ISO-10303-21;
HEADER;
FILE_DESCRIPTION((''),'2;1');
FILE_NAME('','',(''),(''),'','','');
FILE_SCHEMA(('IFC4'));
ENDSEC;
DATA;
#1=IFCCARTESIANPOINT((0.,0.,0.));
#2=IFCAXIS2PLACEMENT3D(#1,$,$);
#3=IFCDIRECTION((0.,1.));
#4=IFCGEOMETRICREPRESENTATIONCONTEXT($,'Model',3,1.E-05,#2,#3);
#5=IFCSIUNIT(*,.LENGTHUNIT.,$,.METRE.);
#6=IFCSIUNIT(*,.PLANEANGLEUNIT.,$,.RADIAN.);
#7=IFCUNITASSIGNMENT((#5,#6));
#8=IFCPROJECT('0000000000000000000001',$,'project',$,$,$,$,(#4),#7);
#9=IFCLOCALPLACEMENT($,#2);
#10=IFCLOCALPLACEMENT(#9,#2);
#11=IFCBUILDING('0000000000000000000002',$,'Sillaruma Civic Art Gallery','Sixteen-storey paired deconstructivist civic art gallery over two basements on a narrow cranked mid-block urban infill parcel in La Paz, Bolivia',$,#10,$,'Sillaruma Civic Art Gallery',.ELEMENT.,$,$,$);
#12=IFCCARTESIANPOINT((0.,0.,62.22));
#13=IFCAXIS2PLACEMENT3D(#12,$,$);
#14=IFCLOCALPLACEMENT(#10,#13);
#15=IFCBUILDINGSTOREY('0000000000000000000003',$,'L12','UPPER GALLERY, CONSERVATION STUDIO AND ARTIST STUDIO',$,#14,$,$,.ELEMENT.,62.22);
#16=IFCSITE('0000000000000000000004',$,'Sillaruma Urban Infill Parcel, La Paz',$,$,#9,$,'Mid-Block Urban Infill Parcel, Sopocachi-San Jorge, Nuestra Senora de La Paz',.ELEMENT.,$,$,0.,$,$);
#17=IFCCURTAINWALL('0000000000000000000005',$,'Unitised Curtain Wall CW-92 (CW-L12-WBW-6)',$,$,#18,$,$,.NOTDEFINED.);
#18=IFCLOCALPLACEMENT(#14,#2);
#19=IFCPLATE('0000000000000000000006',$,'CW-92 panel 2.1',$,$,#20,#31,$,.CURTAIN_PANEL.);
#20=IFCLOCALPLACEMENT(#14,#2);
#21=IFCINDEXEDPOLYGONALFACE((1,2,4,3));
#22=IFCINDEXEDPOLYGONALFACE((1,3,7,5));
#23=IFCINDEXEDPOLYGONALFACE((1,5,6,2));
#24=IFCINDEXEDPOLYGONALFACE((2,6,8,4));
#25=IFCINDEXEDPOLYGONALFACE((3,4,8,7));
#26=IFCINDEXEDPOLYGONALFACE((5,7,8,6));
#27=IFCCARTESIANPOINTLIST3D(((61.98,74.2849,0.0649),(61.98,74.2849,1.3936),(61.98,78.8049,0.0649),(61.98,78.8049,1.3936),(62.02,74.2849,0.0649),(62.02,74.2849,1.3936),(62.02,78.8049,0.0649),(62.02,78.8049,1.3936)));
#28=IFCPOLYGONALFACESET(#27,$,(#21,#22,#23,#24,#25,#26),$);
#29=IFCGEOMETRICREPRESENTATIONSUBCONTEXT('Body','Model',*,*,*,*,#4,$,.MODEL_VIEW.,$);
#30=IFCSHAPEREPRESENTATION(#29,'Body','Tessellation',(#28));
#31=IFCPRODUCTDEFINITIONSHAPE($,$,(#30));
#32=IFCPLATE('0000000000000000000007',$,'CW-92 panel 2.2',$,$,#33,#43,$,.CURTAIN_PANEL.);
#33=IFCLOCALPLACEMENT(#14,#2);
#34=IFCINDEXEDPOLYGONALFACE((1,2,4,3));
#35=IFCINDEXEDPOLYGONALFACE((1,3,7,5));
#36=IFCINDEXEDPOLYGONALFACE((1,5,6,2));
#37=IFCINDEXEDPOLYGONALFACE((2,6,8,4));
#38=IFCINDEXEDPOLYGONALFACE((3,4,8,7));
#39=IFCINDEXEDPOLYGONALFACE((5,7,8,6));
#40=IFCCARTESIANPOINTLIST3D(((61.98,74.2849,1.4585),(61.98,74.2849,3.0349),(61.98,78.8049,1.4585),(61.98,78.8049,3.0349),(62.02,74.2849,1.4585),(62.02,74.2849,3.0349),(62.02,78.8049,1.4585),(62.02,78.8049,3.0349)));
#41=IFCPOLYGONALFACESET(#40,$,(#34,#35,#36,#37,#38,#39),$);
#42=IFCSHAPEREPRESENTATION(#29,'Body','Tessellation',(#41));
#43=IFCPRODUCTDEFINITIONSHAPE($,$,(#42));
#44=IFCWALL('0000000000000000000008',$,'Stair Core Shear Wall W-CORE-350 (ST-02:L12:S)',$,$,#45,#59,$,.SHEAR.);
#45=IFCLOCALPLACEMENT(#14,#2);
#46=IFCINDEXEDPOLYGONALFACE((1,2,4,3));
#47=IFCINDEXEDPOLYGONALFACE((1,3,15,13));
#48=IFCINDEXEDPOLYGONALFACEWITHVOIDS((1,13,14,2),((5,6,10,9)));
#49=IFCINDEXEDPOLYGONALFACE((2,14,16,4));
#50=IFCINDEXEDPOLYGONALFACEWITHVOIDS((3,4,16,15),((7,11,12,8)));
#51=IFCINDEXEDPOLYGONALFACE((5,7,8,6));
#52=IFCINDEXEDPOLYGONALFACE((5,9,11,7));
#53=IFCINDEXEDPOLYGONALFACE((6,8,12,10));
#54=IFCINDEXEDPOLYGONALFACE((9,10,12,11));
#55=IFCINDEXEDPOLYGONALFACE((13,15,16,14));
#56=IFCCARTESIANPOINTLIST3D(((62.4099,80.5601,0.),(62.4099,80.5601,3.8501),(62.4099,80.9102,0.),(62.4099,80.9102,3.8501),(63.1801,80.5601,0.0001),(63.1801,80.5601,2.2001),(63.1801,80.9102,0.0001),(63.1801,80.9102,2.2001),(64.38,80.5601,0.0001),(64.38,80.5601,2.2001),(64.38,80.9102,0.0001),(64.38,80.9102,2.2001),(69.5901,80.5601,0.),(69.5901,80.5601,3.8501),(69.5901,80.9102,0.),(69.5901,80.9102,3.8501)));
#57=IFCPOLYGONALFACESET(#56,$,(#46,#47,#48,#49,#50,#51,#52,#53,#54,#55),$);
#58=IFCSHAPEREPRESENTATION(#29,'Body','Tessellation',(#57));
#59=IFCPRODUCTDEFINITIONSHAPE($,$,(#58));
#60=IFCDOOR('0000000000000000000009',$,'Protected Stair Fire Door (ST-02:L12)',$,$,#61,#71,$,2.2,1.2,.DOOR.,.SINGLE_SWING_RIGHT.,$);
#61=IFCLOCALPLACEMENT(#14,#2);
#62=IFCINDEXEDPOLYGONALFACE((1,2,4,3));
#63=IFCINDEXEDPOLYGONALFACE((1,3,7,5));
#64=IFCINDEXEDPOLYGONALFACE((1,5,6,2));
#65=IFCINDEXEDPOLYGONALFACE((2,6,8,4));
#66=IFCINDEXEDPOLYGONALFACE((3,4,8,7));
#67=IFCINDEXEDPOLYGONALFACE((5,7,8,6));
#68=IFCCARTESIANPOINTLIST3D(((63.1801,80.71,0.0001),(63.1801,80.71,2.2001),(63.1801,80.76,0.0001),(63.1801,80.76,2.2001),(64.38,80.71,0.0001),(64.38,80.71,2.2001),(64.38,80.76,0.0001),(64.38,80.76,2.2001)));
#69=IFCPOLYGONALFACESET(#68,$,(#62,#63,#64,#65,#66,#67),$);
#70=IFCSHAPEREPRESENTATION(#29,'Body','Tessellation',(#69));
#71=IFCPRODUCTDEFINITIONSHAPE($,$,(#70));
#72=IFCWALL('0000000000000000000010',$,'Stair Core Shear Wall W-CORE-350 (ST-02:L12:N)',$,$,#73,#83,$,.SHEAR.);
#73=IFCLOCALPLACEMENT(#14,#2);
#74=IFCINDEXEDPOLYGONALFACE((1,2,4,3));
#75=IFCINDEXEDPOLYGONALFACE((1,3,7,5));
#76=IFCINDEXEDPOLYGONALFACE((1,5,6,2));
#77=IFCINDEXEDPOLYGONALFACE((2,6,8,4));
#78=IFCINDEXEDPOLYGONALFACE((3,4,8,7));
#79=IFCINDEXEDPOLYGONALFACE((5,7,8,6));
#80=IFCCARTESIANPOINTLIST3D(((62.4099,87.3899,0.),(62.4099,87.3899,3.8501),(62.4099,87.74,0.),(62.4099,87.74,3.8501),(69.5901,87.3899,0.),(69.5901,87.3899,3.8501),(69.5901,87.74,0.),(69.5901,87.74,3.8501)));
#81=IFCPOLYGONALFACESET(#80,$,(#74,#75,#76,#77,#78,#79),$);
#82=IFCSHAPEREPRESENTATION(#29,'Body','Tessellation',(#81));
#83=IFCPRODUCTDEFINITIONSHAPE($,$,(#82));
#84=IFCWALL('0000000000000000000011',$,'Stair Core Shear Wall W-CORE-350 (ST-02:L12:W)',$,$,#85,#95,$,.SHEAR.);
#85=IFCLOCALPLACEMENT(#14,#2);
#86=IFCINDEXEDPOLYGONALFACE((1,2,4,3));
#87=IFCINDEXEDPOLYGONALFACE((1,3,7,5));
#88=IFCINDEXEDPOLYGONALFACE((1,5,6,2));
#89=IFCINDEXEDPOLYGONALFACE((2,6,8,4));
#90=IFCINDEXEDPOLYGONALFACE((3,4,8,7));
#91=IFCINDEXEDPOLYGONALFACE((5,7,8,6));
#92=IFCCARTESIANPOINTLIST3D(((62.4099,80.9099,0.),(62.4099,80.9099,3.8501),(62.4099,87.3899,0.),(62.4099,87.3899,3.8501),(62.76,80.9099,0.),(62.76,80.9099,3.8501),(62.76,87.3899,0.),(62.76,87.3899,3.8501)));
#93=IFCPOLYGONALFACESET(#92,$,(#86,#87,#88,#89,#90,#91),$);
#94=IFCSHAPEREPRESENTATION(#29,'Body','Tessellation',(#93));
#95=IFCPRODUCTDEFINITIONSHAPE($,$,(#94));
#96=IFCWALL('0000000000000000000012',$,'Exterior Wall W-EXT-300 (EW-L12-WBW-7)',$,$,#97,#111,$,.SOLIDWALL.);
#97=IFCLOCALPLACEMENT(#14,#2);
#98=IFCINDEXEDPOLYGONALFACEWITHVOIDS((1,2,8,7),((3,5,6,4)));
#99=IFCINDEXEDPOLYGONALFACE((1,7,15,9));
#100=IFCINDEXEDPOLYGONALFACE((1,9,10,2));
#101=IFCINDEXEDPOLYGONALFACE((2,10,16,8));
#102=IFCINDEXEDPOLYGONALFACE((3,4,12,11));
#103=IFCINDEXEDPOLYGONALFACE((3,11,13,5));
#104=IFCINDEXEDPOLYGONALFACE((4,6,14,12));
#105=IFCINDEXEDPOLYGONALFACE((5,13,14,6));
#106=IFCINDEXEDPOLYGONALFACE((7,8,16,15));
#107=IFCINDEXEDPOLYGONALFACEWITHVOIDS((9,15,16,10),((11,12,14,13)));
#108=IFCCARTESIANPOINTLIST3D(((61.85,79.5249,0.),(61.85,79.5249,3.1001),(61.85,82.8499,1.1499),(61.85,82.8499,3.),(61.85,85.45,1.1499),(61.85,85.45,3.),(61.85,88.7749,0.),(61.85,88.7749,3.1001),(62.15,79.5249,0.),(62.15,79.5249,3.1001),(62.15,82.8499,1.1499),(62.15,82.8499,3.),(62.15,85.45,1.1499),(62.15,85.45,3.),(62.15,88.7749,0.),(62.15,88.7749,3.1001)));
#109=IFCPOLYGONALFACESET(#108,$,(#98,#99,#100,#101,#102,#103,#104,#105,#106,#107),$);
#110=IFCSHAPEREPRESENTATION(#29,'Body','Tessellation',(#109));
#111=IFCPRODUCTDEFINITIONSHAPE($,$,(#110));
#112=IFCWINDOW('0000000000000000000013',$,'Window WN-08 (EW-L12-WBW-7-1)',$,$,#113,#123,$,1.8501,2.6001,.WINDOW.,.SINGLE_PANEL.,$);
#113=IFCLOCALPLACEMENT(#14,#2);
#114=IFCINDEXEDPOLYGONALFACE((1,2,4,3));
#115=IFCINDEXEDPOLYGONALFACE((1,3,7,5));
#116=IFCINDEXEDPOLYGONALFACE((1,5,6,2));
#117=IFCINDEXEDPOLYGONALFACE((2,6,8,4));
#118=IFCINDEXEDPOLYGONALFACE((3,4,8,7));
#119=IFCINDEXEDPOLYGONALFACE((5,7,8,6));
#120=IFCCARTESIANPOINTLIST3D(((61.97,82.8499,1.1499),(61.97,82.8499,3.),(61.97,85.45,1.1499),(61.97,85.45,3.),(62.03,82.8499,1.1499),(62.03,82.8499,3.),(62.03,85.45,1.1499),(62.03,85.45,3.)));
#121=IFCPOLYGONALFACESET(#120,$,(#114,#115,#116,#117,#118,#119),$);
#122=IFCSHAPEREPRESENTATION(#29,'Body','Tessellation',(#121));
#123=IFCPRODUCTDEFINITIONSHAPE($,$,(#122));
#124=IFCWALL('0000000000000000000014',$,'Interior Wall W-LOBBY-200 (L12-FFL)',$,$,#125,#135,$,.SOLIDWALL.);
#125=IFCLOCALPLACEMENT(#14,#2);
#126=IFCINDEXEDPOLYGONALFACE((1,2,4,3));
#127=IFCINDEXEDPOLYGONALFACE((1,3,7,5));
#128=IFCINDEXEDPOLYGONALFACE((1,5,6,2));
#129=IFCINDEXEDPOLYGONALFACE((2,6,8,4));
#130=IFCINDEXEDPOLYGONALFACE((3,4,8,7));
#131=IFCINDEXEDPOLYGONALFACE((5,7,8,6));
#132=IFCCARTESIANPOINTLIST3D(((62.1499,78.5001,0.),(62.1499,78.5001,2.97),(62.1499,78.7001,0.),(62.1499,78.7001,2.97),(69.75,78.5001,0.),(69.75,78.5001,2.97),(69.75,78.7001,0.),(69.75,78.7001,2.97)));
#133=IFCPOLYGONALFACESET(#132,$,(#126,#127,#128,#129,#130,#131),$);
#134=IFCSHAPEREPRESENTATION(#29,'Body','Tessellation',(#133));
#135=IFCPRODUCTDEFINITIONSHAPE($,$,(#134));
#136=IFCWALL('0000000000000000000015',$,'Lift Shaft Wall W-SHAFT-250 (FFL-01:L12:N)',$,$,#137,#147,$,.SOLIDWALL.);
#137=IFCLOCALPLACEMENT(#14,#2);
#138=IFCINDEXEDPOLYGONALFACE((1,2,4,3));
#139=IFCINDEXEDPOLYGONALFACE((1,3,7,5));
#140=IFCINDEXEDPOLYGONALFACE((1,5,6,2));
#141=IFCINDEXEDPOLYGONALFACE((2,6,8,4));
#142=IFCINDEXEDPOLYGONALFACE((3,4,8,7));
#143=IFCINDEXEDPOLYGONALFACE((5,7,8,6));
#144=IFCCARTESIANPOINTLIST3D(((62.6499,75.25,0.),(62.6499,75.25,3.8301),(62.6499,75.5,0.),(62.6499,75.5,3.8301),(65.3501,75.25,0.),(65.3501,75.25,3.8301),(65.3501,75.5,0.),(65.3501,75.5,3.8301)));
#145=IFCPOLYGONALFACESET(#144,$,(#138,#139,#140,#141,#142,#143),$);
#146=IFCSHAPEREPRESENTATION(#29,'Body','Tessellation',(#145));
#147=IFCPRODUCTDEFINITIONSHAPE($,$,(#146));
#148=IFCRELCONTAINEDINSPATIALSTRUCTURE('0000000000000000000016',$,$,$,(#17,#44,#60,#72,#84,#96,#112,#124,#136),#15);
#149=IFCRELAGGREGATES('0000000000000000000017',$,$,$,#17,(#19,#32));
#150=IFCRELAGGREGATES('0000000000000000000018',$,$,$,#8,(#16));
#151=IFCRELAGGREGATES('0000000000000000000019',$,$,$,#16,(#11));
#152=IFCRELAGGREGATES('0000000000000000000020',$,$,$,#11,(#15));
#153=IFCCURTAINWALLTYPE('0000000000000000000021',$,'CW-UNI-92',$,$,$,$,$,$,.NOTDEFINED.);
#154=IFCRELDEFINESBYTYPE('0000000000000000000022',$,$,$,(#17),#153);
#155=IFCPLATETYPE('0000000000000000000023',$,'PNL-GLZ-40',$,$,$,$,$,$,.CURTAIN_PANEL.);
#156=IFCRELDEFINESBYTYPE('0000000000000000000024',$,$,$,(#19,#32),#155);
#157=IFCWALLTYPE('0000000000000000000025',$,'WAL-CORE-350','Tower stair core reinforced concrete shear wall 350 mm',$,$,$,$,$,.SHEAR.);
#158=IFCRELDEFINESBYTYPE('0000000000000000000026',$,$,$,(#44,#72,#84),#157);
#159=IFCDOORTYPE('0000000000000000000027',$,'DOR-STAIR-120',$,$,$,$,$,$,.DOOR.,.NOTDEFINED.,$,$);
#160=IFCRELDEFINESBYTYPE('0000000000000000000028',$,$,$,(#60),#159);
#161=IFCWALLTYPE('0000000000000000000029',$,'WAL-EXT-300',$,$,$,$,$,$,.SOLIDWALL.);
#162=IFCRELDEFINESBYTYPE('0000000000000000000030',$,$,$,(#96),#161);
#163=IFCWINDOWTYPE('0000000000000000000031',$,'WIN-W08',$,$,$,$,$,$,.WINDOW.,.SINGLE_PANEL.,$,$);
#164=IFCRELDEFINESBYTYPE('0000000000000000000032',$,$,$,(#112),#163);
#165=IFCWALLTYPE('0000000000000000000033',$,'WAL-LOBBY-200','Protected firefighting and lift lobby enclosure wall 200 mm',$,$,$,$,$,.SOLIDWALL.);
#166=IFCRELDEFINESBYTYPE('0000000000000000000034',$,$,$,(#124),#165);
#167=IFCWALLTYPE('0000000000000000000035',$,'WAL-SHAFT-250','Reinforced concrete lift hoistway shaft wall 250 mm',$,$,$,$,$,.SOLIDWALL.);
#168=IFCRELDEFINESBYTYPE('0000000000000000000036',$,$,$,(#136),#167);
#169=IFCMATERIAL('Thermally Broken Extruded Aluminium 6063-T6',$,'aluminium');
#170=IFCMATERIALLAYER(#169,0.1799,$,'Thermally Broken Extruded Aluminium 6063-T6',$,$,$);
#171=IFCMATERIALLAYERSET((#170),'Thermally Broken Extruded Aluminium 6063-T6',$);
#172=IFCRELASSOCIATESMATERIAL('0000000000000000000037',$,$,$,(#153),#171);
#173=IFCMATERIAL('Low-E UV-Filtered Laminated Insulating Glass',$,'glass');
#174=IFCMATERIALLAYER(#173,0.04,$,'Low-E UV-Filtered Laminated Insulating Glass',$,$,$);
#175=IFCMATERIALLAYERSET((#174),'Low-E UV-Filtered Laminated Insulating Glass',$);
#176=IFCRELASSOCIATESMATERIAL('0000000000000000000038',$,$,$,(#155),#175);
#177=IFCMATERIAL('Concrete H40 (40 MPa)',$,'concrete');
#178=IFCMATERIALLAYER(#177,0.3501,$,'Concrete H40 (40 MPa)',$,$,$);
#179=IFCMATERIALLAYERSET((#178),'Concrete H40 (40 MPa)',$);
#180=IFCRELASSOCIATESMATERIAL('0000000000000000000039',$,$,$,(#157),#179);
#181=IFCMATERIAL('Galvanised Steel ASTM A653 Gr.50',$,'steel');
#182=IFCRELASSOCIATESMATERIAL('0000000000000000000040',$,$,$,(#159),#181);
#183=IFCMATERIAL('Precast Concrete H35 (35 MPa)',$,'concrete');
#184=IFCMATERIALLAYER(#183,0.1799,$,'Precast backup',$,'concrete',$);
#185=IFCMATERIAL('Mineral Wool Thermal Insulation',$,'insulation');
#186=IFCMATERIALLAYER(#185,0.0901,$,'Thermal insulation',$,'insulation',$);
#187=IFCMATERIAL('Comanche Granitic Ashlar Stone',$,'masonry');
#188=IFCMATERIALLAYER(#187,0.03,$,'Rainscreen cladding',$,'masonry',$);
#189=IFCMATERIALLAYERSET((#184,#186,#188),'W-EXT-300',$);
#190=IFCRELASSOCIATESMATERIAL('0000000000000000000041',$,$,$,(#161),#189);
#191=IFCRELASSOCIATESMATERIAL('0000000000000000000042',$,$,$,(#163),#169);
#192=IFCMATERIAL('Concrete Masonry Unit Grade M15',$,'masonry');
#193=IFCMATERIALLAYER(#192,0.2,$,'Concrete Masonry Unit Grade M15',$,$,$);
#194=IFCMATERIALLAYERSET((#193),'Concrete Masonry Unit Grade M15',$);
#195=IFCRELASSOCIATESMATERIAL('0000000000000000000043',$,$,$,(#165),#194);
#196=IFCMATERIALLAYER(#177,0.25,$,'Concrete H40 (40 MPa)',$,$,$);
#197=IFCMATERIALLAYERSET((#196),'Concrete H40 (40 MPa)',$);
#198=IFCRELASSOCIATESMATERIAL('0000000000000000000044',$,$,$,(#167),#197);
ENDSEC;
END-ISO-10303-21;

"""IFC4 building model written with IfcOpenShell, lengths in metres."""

from ifc_helpers import new_model, si_unit, direction, frame, frame_2d, origin, origin_2d, place, context, subcontext, project, spatial, rectangle, extrude, material, layer, layer_set, type_object, element, fill, aggregate, save


model = new_model("IFC4")

# Units and contexts
model_context = context("Model", 3, precision=1e-05, world=origin(), true_north=direction((0.0, 1.0)))
body_context = subcontext(model_context, "Body", "Model", "MODEL_VIEW")
ifc_project = project(units=[si_unit("LENGTHUNIT", "METRE"), si_unit("PLANEANGLEUNIT", "RADIAN")], contexts=[model_context])

# Site, building, storey
site_placement = place(None, origin())
site = spatial("IfcSite", under=ifc_project, at=site_placement, Name="Sillaruma Urban Infill Parcel, La Paz", LongName="Mid-Block Urban Infill Parcel, Sopocachi-San Jorge, Nuestra Senora de La Paz", CompositionType="ELEMENT", RefElevation=0.0)
building_placement = place(site_placement, origin())
building = spatial("IfcBuilding", under=site, at=building_placement, Name="Sillaruma Civic Art Gallery", Description="Sixteen-storey paired deconstructivist civic art gallery over two basements on a narrow cranked mid-block urban infill parcel in La Paz, Bolivia", LongName="Sillaruma Civic Art Gallery", CompositionType="ELEMENT")
storey_placement = place(building_placement, frame((0.0, 0.0, 62.22)))
storey = spatial("IfcBuildingStorey", under=building, at=storey_placement, Name="L12", Description="UPPER GALLERY, CONSERVATION STUDIO AND ARTIST STUDIO", CompositionType="ELEMENT", Elevation=62.22)

# Shared definitions
ifc_material_1 = material(Name="Concrete H40 (40 MPa)", Category="concrete")

# Curtain wall, plates
ifc_material_2 = material(Name="Thermally Broken Extruded Aluminium 6063-T6", Category="aluminium")
ifc_layer_1 = layer(ifc_material_2, 0.1799, Name="Thermally Broken Extruded Aluminium 6063-T6")
ifc_layer_set_1 = layer_set([ifc_layer_1], Name="Thermally Broken Extruded Aluminium 6063-T6")
curtain_wall_type = type_object("IfcCurtainWallType", Name="CW-UNI-92", PredefinedType="NOTDEFINED", material=ifc_layer_set_1)
curtain_wall_placement = place(storey_placement, origin())
curtain_wall = element("IfcCurtainWall", 1, at=curtain_wall_placement, inside=storey, type_object=curtain_wall_type, Name="Unitised Curtain Wall CW-92 (CW-L12-WBW-6)", PredefinedType="NOTDEFINED")
ifc_material_3 = material(Name="Low-E UV-Filtered Laminated Insulating Glass", Category="glass")
ifc_layer_2 = layer(ifc_material_3, 0.04, Name="Low-E UV-Filtered Laminated Insulating Glass")
ifc_layer_set_2 = layer_set([ifc_layer_2], Name="Low-E UV-Filtered Laminated Insulating Glass")
plate_type = type_object("IfcPlateType", Name="PNL-GLZ-40", PredefinedType="CURTAIN_PANEL", material=ifc_layer_set_2)
plate_1_placement = place(storey_placement, frame((62.0, 76.5449, 0.0649), z_axis=(0.0, 0.0, 1.0), x_axis=(0.0, 1.0, 0.0)))
plate_1 = element("IfcPlate", 2, at=plate_1_placement, type_object=plate_type, Name="CW-92 panel 2.1", PredefinedType="CURTAIN_PANEL", context=body_context, shape_type="SweptSolid", body=[
    extrude(rectangle(XDim=4.52, YDim=0.04, at=origin_2d()), origin(), (0.0, 0.0, 1.0), 1.3286),
])
plate_2_placement = place(storey_placement, frame((62.0, 76.5449, 1.4585), z_axis=(0.0, 0.0, 1.0), x_axis=(0.0, 1.0, 0.0)))
plate_2 = element("IfcPlate", 3, at=plate_2_placement, type_object=plate_type, Name="CW-92 panel 2.2", PredefinedType="CURTAIN_PANEL", context=body_context, shape_type="SweptSolid", body=[
    extrude(rectangle(XDim=4.52, YDim=0.04, at=origin_2d()), origin(), (0.0, 0.0, 1.0), 1.5764),
])
aggregate(curtain_wall, [plate_1, plate_2])

# Wall, opening, door
ifc_layer_3 = layer(ifc_material_1, 0.3501, Name="Concrete H40 (40 MPa)")
ifc_layer_set_3 = layer_set([ifc_layer_3], Name="Concrete H40 (40 MPa)")
wall_type_1 = type_object("IfcWallType", Name="WAL-CORE-350", Description="Tower stair core reinforced concrete shear wall 350 mm", PredefinedType="SHEAR", material=ifc_layer_set_3)
wall_1_placement = place(storey_placement, frame((62.4099, 80.7351, 0.0), z_axis=(0.0, 0.0, 1.0), x_axis=(1.0, 0.0, 0.0)))
wall_1 = element("IfcWall", 4, at=wall_1_placement, inside=storey, type_object=wall_type_1, Name="Stair Core Shear Wall W-CORE-350 (ST-02:L12:S)", PredefinedType="SHEAR", context=body_context, shape_type="SweptSolid", body=[
    extrude(rectangle(XDim=7.1802, YDim=0.3501, at=frame_2d((3.5901, 0.0))), origin(), (0.0, 0.0, 1.0), 3.8501),
])
opening_1_placement = place(wall_1_placement, frame((0.77, 0.0, 0.0)))
opening_1 = element("IfcOpeningElement", 5, at=opening_1_placement, cuts=wall_1, PredefinedType="OPENING", context=body_context, shape_type="SweptSolid", body=[
    extrude(rectangle(XDim=1.2, YDim=2.2, at=frame_2d((0.6001, 1.1001))), frame((0.0, 0.1851, 0.0), z_axis=(0.0, -1.0, 0.0), x_axis=(1.0, 0.0, 0.0)), (0.0, 0.0, 1.0), 0.3701),
])
ifc_material_4 = material(Name="Galvanised Steel ASTM A653 Gr.50", Category="steel")
door_type = type_object("IfcDoorType", Name="DOR-STAIR-120", OperationType="NOTDEFINED", PredefinedType="DOOR", material=ifc_material_4)
door_placement = place(opening_1_placement, origin())
door = element("IfcDoor", 6, at=door_placement, inside=storey, type_object=door_type, Name="Protected Stair Fire Door (ST-02:L12)", OperationType="SINGLE_SWING_RIGHT", OverallHeight=2.2, OverallWidth=1.2, PredefinedType="DOOR", context=body_context, shape_type="SweptSolid", body=[
    extrude(rectangle(XDim=1.2, YDim=2.2, at=frame_2d((0.6001, 1.1001))), frame((0.0, 0.0249, 0.0), z_axis=(0.0, -1.0, 0.0), x_axis=(1.0, 0.0, 0.0)), (0.0, 0.0, 1.0), 0.05),
])
fill(opening_1, door)

# Walls
wall_2_placement = place(storey_placement, frame((62.4099, 87.5649, 0.0), z_axis=(0.0, 0.0, 1.0), x_axis=(1.0, 0.0, 0.0)))
element("IfcWall", 7, at=wall_2_placement, inside=storey, type_object=wall_type_1, Name="Stair Core Shear Wall W-CORE-350 (ST-02:L12:N)", PredefinedType="SHEAR", context=body_context, shape_type="SweptSolid", body=[
    extrude(rectangle(XDim=7.1802, YDim=0.3501, at=frame_2d((3.5901, 0.0))), origin(), (0.0, 0.0, 1.0), 3.8501),
])
wall_3_placement = place(storey_placement, frame((62.585, 80.9099, 0.0), z_axis=(0.0, 0.0, 1.0), x_axis=(0.0, 1.0, 0.0)))
element("IfcWall", 8, at=wall_3_placement, inside=storey, type_object=wall_type_1, Name="Stair Core Shear Wall W-CORE-350 (ST-02:L12:W)", PredefinedType="SHEAR", context=body_context, shape_type="SweptSolid", body=[
    extrude(rectangle(XDim=6.48, YDim=0.3501, at=frame_2d((3.24, 0.0))), origin(), (0.0, 0.0, 1.0), 3.8501),
])

# Wall, opening, window
ifc_material_5 = material(Name="Precast Concrete H35 (35 MPa)", Category="concrete")
ifc_layer_4 = layer(ifc_material_5, 0.1799, Name="Precast backup", Category="concrete")
ifc_material_6 = material(Name="Mineral Wool Thermal Insulation", Category="insulation")
ifc_layer_5 = layer(ifc_material_6, 0.0901, Name="Thermal insulation", Category="insulation")
ifc_material_7 = material(Name="Comanche Granitic Ashlar Stone", Category="masonry")
ifc_layer_6 = layer(ifc_material_7, 0.03, Name="Rainscreen cladding", Category="masonry")
ifc_layer_set_4 = layer_set([ifc_layer_4, ifc_layer_5, ifc_layer_6], Name="W-EXT-300")
wall_type_2 = type_object("IfcWallType", Name="WAL-EXT-300", PredefinedType="SOLIDWALL", material=ifc_layer_set_4)
wall_4_placement = place(storey_placement, frame((62.0, 79.5249, 0.0), z_axis=(0.0, 0.0, 1.0), x_axis=(0.0, 1.0, 0.0)))
wall_4 = element("IfcWall", 9, at=wall_4_placement, inside=storey, type_object=wall_type_2, Name="Exterior Wall W-EXT-300 (EW-L12-WBW-7)", PredefinedType="SOLIDWALL", context=body_context, shape_type="SweptSolid", body=[
    extrude(rectangle(XDim=9.25, YDim=0.3, at=frame_2d((4.625, 0.0))), origin(), (0.0, 0.0, 1.0), 3.1001),
])
opening_2_placement = place(wall_4_placement, frame((3.325, 0.0, 1.1499)))
opening_2 = element("IfcOpeningElement", 10, at=opening_2_placement, cuts=wall_4, PredefinedType="OPENING", context=body_context, shape_type="SweptSolid", body=[
    extrude(rectangle(XDim=2.6001, YDim=1.8501, at=frame_2d((1.3, 0.925))), frame((0.0, 0.1599, 0.0), z_axis=(0.0, -1.0, 0.0), x_axis=(1.0, 0.0, 0.0)), (0.0, 0.0, 1.0), 0.3201),
])
window_type = type_object("IfcWindowType", Name="WIN-W08", PartitioningType="SINGLE_PANEL", PredefinedType="WINDOW", material=ifc_material_2)
window_placement = place(opening_2_placement, origin())
window = element("IfcWindow", 11, at=window_placement, inside=storey, type_object=window_type, Name="Window WN-08 (EW-L12-WBW-7-1)", OverallHeight=1.8501, OverallWidth=2.6001, PartitioningType="SINGLE_PANEL", PredefinedType="WINDOW", context=body_context, shape_type="SweptSolid", body=[
    extrude(rectangle(XDim=2.6001, YDim=1.8501, at=frame_2d((1.3, 0.925))), frame((0.0, 0.03, 0.0), z_axis=(0.0, -1.0, 0.0), x_axis=(1.0, 0.0, 0.0)), (0.0, 0.0, 1.0), 0.0601),
])
fill(opening_2, window)

# Walls
ifc_material_8 = material(Name="Concrete Masonry Unit Grade M15", Category="masonry")
ifc_layer_7 = layer(ifc_material_8, 0.2, Name="Concrete Masonry Unit Grade M15")
ifc_layer_set_5 = layer_set([ifc_layer_7], Name="Concrete Masonry Unit Grade M15")
wall_type_3 = type_object("IfcWallType", Name="WAL-LOBBY-200", Description="Protected firefighting and lift lobby enclosure wall 200 mm", PredefinedType="SOLIDWALL", material=ifc_layer_set_5)
wall_5_placement = place(storey_placement, frame((62.1499, 78.6001, 0.0), z_axis=(0.0, 0.0, 1.0), x_axis=(1.0, 0.0, 0.0)))
element("IfcWall", 12, at=wall_5_placement, inside=storey, type_object=wall_type_3, Name="Interior Wall W-LOBBY-200 (L12-FFL)", PredefinedType="SOLIDWALL", context=body_context, shape_type="SweptSolid", body=[
    extrude(rectangle(XDim=7.6001, YDim=0.2, at=frame_2d((3.8, 0.0))), origin(), (0.0, 0.0, 1.0), 2.97),
])
ifc_layer_8 = layer(ifc_material_1, 0.25, Name="Concrete H40 (40 MPa)")
ifc_layer_set_6 = layer_set([ifc_layer_8], Name="Concrete H40 (40 MPa)")
wall_type_4 = type_object("IfcWallType", Name="WAL-SHAFT-250", Description="Reinforced concrete lift hoistway shaft wall 250 mm", PredefinedType="SOLIDWALL", material=ifc_layer_set_6)
wall_6_placement = place(storey_placement, frame((62.6499, 75.375, 0.0), z_axis=(0.0, 0.0, 1.0), x_axis=(1.0, 0.0, 0.0)))
element("IfcWall", 13, at=wall_6_placement, inside=storey, type_object=wall_type_4, Name="Lift Shaft Wall W-SHAFT-250 (FFL-01:L12:N)", PredefinedType="SOLIDWALL", context=body_context, shape_type="SweptSolid", body=[
    extrude(rectangle(XDim=2.7002, YDim=0.25, at=frame_2d((1.3501, 0.0))), origin(), (0.0, 0.0, 1.0), 3.8301),
])

save(model, "model.ifc")
